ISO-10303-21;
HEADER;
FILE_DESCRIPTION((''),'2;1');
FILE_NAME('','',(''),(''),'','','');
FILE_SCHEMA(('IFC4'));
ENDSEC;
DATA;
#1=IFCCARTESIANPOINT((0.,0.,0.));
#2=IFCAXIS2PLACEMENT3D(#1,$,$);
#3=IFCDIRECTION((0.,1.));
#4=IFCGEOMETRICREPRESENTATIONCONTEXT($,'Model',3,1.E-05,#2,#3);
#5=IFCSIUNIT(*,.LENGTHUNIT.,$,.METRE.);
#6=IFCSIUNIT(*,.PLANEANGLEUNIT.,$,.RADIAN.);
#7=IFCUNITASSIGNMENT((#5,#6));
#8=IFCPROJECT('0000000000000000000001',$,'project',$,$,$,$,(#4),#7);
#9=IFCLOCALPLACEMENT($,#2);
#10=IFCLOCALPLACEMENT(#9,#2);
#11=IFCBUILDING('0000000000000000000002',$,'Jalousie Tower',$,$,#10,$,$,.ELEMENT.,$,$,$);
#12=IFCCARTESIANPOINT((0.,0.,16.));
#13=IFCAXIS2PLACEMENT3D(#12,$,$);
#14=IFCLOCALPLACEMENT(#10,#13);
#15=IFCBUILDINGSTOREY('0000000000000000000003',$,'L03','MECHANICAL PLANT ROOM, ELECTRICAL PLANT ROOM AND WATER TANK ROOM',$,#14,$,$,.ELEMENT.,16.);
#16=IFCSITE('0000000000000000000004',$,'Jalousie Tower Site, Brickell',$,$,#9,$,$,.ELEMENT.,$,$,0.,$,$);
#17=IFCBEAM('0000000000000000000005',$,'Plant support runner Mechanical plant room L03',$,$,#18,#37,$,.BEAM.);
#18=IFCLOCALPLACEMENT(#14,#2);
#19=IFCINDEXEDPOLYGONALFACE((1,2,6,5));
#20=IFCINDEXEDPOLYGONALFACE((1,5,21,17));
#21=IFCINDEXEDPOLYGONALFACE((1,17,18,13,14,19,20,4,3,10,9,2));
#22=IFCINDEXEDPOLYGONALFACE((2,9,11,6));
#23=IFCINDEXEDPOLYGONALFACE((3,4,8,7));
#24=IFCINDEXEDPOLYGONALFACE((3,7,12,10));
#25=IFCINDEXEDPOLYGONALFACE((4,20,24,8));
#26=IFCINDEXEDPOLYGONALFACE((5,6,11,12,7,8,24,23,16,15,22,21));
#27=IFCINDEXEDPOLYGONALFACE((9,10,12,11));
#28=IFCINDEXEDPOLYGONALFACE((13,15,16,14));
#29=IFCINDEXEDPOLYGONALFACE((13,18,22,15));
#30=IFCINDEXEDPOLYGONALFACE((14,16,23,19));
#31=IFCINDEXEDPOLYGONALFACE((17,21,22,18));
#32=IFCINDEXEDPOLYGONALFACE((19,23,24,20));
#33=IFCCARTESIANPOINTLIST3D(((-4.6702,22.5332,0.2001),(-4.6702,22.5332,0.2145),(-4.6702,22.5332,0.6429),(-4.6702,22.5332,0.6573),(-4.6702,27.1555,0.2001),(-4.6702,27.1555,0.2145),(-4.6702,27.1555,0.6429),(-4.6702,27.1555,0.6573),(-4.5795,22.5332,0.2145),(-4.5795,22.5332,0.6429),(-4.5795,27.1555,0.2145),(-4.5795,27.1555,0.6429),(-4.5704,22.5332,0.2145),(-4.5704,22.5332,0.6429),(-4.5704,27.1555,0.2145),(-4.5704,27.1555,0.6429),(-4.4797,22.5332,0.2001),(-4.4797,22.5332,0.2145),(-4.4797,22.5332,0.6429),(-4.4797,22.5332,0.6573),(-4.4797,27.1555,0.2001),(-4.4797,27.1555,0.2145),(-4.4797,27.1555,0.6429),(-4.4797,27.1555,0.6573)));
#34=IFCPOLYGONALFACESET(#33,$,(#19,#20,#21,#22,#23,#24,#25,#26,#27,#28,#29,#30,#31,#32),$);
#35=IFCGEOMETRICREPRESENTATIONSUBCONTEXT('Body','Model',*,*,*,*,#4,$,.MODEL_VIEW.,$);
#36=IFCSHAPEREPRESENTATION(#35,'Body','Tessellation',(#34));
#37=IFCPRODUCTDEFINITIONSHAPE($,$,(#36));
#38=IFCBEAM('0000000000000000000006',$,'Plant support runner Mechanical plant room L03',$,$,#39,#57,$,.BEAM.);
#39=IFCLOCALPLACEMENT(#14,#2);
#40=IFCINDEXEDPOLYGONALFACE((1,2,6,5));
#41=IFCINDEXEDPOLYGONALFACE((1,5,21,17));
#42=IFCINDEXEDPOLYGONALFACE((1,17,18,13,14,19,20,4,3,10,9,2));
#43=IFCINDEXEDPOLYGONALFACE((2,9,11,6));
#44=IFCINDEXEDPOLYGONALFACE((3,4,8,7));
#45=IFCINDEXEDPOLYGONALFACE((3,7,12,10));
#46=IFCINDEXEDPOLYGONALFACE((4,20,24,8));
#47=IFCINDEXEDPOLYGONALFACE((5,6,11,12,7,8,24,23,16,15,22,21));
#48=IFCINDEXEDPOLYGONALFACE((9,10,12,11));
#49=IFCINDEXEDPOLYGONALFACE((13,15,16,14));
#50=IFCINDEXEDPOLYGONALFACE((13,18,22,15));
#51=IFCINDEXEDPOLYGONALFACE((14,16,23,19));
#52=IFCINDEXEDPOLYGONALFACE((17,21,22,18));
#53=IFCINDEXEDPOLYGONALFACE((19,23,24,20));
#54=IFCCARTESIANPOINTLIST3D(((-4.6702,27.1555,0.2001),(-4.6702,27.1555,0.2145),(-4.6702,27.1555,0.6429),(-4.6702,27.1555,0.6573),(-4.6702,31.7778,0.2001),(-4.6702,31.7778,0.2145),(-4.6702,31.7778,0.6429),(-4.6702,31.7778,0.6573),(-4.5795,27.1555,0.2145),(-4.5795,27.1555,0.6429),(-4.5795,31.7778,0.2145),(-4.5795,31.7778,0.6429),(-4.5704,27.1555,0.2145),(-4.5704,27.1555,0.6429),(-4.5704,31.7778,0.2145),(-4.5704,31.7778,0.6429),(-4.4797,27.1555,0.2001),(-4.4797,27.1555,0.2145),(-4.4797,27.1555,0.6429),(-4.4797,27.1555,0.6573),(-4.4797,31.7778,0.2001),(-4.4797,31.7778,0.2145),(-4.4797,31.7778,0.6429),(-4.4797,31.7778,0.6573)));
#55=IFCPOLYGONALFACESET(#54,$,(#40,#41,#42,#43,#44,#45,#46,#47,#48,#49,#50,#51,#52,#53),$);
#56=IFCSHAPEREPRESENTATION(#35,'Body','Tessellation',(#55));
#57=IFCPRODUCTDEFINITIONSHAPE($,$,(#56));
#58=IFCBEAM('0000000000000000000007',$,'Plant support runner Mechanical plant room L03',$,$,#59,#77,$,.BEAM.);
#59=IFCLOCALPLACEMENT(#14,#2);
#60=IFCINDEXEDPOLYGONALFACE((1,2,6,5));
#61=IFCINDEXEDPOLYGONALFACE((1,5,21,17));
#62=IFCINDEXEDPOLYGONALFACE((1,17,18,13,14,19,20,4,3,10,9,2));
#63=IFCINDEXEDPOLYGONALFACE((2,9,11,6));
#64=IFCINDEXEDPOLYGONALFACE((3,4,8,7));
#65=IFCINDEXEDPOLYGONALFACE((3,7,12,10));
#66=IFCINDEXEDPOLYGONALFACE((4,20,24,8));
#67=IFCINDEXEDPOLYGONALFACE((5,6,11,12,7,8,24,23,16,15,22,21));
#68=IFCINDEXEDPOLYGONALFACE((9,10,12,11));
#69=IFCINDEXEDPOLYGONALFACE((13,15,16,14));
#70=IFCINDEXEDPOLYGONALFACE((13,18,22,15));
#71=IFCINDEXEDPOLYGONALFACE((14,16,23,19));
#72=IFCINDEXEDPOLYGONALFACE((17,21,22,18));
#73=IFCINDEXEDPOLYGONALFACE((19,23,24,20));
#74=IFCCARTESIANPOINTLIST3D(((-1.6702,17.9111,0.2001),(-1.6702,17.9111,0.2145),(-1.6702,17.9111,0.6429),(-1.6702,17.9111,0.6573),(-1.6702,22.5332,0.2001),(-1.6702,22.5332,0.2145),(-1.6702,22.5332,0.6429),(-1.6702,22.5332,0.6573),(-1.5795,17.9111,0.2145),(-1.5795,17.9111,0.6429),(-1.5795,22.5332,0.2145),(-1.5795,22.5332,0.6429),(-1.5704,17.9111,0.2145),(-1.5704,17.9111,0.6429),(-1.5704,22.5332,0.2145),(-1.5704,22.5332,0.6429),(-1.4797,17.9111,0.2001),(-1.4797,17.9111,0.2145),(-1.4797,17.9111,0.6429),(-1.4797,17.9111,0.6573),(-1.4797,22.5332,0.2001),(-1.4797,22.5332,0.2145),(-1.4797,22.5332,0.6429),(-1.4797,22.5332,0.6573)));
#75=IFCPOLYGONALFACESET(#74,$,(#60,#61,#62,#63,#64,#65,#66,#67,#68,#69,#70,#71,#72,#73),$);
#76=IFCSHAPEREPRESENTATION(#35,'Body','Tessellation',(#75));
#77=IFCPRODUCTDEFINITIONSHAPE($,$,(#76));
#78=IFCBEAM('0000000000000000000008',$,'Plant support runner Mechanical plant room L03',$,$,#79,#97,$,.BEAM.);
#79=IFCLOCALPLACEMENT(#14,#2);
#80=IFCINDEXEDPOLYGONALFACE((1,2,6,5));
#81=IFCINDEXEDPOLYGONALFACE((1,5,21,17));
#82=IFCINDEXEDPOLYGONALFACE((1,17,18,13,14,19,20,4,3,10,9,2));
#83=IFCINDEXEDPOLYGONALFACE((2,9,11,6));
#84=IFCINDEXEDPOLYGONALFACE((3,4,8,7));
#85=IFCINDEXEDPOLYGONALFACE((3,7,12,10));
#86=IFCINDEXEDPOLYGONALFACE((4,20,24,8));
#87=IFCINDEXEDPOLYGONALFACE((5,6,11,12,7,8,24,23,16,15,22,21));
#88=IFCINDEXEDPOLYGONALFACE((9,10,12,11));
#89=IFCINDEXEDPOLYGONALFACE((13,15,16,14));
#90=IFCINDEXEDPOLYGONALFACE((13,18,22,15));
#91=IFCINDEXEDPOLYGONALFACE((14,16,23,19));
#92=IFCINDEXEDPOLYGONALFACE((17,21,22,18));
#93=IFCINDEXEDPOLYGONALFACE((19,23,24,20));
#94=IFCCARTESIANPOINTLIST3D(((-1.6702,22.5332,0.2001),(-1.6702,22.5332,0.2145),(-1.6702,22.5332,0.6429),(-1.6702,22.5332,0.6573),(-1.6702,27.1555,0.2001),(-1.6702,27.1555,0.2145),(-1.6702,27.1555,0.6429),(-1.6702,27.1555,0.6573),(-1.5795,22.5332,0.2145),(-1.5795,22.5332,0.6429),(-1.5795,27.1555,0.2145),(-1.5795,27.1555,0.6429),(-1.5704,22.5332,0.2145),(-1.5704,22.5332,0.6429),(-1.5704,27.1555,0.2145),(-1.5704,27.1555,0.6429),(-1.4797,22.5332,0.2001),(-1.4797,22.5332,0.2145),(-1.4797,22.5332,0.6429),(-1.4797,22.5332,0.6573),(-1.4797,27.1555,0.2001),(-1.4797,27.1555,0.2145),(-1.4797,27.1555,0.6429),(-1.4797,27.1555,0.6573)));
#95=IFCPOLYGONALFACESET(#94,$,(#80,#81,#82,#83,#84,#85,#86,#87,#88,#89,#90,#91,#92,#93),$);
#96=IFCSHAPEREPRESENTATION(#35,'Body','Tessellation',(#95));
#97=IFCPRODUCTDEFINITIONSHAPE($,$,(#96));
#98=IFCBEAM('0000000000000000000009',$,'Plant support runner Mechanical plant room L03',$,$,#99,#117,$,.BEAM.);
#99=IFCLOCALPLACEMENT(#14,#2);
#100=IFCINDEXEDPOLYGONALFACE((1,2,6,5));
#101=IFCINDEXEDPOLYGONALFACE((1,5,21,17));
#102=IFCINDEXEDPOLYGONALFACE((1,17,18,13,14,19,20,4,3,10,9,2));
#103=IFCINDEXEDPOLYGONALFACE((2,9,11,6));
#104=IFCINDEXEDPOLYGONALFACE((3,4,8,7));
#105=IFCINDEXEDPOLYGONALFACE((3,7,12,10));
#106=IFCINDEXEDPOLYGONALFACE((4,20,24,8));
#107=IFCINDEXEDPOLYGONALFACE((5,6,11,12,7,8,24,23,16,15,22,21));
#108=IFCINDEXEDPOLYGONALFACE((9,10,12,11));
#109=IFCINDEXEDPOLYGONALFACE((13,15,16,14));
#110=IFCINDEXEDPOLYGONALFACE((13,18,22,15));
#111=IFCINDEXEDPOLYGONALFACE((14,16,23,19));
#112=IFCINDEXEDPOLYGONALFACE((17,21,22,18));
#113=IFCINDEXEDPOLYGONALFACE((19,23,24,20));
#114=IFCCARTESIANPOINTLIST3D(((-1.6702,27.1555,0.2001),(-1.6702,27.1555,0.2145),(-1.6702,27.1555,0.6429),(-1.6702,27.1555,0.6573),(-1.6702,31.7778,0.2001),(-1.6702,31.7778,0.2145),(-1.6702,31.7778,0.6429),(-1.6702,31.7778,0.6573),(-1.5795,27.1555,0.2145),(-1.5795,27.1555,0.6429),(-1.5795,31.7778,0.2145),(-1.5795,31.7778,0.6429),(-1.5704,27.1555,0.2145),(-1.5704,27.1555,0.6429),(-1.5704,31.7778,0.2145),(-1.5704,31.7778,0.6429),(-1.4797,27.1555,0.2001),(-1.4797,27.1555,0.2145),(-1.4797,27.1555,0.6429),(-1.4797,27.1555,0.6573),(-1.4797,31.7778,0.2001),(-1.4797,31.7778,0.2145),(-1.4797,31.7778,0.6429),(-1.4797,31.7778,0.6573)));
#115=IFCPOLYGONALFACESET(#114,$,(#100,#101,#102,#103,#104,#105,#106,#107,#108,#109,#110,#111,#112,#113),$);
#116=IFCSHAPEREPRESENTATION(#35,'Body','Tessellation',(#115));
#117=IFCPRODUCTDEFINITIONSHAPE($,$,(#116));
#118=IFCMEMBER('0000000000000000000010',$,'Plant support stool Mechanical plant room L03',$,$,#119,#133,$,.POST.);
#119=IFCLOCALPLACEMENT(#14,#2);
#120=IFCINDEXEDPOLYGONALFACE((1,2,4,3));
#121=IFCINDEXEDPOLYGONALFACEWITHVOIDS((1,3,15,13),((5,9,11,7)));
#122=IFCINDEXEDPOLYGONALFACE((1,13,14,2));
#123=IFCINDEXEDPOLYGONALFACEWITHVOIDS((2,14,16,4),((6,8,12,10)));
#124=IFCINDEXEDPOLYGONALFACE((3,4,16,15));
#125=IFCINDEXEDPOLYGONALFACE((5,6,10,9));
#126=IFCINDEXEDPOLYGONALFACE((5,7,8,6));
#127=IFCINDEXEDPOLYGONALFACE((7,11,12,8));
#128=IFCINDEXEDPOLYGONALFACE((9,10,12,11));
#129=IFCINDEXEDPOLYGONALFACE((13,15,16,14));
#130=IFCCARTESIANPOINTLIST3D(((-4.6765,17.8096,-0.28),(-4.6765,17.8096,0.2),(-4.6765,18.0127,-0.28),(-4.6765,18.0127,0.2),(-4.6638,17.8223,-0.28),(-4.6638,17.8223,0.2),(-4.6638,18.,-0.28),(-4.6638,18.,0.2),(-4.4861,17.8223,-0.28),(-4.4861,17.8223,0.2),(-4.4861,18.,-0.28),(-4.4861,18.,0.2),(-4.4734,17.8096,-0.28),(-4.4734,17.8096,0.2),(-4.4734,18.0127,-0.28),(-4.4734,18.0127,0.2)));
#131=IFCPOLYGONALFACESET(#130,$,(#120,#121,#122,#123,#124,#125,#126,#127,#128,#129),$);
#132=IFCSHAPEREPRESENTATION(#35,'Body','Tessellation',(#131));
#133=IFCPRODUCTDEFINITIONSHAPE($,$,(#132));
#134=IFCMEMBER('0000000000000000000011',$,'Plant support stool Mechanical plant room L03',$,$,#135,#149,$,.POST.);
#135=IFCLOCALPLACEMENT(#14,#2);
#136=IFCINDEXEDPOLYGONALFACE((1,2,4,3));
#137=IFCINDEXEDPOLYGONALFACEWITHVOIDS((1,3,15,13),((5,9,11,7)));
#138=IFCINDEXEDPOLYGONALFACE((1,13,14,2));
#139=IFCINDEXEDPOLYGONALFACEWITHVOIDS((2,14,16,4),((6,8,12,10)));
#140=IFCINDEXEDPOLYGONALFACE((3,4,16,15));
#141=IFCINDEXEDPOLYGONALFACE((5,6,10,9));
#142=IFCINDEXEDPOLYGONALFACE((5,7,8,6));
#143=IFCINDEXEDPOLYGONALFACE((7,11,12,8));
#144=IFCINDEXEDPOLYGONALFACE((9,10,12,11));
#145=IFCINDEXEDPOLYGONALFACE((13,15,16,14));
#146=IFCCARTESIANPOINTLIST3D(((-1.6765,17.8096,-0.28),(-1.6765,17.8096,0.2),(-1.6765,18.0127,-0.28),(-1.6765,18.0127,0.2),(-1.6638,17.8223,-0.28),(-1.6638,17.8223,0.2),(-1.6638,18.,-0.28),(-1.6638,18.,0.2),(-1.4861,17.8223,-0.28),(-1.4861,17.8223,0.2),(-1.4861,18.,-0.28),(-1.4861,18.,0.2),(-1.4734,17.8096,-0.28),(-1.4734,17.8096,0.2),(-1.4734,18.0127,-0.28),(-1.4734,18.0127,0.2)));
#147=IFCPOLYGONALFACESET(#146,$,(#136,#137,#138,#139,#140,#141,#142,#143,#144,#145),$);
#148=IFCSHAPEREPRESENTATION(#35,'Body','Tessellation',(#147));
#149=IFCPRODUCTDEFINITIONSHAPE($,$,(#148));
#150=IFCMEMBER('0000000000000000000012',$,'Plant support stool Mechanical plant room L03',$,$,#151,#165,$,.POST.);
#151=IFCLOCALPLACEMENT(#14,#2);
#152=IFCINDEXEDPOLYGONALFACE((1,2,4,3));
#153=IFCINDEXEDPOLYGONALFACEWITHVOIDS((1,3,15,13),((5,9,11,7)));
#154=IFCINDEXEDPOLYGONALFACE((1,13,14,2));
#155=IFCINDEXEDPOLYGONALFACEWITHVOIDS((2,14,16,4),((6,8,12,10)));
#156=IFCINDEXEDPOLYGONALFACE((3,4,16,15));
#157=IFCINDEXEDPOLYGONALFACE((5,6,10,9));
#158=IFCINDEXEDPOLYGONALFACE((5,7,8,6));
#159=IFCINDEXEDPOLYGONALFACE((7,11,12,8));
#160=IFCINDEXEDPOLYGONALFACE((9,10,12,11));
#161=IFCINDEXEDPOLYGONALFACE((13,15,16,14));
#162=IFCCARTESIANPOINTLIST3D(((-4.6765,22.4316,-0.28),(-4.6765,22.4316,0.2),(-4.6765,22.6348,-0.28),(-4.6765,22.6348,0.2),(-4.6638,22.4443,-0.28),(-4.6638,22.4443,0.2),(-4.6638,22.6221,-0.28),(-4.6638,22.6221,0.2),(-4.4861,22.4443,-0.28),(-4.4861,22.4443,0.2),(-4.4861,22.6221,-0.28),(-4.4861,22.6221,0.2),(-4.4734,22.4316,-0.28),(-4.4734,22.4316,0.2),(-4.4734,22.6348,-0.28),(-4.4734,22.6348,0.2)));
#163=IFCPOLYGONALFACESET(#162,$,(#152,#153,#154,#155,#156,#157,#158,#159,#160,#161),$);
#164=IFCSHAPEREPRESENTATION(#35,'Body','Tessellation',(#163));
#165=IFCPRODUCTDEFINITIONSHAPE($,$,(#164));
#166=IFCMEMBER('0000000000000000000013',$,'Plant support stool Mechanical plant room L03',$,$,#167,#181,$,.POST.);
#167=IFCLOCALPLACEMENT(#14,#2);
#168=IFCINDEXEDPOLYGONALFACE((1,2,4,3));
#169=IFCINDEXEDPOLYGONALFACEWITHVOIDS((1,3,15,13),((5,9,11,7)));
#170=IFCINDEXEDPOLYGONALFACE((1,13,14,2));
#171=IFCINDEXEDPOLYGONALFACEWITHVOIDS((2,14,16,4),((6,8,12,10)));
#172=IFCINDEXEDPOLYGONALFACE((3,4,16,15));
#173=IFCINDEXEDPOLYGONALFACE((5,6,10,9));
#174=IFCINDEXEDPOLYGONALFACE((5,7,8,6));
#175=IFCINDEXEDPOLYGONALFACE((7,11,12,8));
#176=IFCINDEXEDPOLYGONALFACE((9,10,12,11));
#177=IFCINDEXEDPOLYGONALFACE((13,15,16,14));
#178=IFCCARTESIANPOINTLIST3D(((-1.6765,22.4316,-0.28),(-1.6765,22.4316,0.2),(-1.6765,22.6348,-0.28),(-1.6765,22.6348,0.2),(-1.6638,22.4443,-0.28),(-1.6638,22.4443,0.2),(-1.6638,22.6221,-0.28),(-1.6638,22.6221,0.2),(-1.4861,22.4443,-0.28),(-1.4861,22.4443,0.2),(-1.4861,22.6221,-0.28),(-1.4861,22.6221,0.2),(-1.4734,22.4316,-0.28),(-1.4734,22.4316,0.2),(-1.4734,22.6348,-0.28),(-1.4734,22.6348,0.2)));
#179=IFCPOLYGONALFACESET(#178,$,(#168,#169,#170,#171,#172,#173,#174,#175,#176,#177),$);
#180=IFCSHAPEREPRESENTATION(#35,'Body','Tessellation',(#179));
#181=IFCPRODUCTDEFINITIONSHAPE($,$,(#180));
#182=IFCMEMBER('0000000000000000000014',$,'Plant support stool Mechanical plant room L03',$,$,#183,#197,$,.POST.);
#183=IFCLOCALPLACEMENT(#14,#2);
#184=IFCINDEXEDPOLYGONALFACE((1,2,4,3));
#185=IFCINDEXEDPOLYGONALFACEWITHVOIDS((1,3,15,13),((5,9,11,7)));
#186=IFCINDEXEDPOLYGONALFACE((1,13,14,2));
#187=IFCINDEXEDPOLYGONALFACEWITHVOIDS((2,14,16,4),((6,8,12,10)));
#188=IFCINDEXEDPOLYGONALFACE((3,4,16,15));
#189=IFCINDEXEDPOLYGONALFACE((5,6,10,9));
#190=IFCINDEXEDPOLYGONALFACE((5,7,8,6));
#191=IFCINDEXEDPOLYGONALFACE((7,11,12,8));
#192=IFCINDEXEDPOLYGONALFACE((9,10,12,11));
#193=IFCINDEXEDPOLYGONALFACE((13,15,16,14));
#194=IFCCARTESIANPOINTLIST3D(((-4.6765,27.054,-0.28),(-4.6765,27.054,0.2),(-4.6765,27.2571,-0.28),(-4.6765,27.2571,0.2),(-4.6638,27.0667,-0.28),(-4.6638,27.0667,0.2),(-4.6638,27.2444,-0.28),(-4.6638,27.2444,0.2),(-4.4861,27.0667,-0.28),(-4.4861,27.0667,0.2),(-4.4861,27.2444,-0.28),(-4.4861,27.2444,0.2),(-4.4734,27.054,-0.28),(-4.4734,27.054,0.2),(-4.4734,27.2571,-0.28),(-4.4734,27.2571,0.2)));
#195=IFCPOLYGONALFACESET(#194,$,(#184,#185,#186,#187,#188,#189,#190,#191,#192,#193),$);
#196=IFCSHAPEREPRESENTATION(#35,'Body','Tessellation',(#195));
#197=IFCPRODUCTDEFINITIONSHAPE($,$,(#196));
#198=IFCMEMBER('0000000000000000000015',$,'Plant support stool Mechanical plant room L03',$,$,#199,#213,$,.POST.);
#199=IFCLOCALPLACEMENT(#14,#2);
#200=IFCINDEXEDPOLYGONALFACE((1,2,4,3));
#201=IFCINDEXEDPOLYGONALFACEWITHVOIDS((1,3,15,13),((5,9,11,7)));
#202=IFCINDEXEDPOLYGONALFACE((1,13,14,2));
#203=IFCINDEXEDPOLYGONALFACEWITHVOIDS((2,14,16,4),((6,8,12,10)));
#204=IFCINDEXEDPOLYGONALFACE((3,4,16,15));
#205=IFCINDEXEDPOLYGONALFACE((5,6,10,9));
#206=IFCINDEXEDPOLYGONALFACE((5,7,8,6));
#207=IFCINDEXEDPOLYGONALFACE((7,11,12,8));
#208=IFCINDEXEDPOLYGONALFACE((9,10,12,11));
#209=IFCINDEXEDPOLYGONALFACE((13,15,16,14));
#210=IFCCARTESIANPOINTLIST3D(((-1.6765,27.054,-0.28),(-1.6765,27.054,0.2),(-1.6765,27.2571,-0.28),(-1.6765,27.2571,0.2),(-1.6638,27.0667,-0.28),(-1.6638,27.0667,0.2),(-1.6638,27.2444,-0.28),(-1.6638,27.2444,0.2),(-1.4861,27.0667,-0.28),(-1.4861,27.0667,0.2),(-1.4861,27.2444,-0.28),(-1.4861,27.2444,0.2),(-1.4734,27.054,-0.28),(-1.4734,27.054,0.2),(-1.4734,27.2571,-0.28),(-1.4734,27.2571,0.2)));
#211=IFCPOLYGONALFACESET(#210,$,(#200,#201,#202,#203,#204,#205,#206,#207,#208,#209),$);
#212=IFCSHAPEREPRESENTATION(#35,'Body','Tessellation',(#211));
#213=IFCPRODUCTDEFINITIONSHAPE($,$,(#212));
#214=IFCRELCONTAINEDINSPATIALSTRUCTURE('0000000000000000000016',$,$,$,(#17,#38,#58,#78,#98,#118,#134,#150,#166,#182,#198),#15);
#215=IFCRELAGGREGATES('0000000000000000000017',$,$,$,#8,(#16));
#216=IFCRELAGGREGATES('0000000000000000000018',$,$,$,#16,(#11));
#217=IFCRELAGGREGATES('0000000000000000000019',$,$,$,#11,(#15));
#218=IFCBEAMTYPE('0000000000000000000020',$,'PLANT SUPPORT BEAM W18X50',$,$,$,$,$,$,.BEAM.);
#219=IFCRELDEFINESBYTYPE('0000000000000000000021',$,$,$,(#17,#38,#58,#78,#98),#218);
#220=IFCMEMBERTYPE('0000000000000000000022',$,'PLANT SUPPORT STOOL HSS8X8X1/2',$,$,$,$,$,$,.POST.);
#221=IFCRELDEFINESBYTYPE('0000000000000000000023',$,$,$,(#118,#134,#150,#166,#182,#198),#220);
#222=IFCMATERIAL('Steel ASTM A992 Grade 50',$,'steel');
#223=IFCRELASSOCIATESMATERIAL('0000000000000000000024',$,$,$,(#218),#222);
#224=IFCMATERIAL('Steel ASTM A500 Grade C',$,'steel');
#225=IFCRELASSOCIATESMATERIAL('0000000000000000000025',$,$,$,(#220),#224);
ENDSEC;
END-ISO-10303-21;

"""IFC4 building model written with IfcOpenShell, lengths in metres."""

from ifc_helpers import new_model, si_unit, direction, frame, origin, origin_2d, place, context, subcontext, project, spatial, hollow_rectangle, i_section, extrude, material, material_profile, profile_set, type_object, element, save


model = new_model("IFC4")

# Units and contexts
model_context = context("Model", 3, precision=1e-05, world=origin(), true_north=direction((0.0, 1.0)))
body_context = subcontext(model_context, "Body", "Model", "MODEL_VIEW")
ifc_project = project(units=[si_unit("LENGTHUNIT", "METRE"), si_unit("PLANEANGLEUNIT", "RADIAN")], contexts=[model_context])

# Site, building, storey
site_placement = place(None, origin())
site = spatial("IfcSite", under=ifc_project, at=site_placement, Name="Jalousie Tower Site, Brickell", CompositionType="ELEMENT", RefElevation=0.0)
building_placement = place(site_placement, origin())
building = spatial("IfcBuilding", under=site, at=building_placement, Name="Jalousie Tower", CompositionType="ELEMENT")
storey_placement = place(building_placement, frame((0.0, 0.0, 16.0)))
storey = spatial("IfcBuildingStorey", under=building, at=storey_placement, Name="L03", Description="MECHANICAL PLANT ROOM, ELECTRICAL PLANT ROOM AND WATER TANK ROOM", CompositionType="ELEMENT", Elevation=16.0)

# Beams
ifc_material_1 = material(Name="Steel ASTM A992 Grade 50", Category="steel")
ifc_material_profile_1 = material_profile(ifc_material_1, i_section(OverallWidth=0.1904, OverallDepth=0.4573, WebThickness=0.009, FlangeThickness=0.0144, at=origin_2d()), Name="W18X50")
ifc_profile_set_1 = profile_set([ifc_material_profile_1], Name="Steel ASTM A992 Grade 50")
beam_type_1 = type_object("IfcBeamType", Name="PLANT SUPPORT BEAM W18X50", PredefinedType="BEAM", material=ifc_profile_set_1)
for number, where, z_axis, x_axis, name in (
    (1, (-4.575, 22.5332, 0.4287), (0.0, 1.0, 0.0), (-1.0, 0.0, 0.0), "Plant support runner Mechanical plant room L03"),
    (2, (-4.575, 27.1555, 0.4287), (0.0, 1.0, 0.0), (-1.0, 0.0, 0.0), "Plant support runner Mechanical plant room L03"),
):
    element("IfcBeam", number, at=place(storey_placement, frame(where, z_axis=z_axis, x_axis=x_axis)), inside=storey, type_object=beam_type_1, Name=name, PredefinedType="BEAM", context=body_context, shape_type="SweptSolid", body=[
        extrude(i_section(OverallWidth=0.1904, OverallDepth=0.4573, WebThickness=0.009, FlangeThickness=0.0144, at=origin_2d()), origin(), (0.0, 0.0, 1.0), 4.6223),
    ])
beam_1_placement = place(storey_placement, frame((-1.575, 17.9111, 0.4287), z_axis=(0.0, 1.0, 0.0), x_axis=(-1.0, 0.0, 0.0)))
element("IfcBeam", 3, at=beam_1_placement, inside=storey, type_object=beam_type_1, Name="Plant support runner Mechanical plant room L03", PredefinedType="BEAM", context=body_context, shape_type="SweptSolid", body=[
    extrude(i_section(OverallWidth=0.1904, OverallDepth=0.4573, WebThickness=0.009, FlangeThickness=0.0144, at=origin_2d()), origin(), (0.0, 0.0, 1.0), 4.6221),
])
for number, where, z_axis, x_axis, name in (
    (4, (-1.575, 22.5332, 0.4287), (0.0, 1.0, 0.0), (-1.0, 0.0, 0.0), "Plant support runner Mechanical plant room L03"),
    (5, (-1.575, 27.1555, 0.4287), (0.0, 1.0, 0.0), (-1.0, 0.0, 0.0), "Plant support runner Mechanical plant room L03"),
):
    element("IfcBeam", number, at=place(storey_placement, frame(where, z_axis=z_axis, x_axis=x_axis)), inside=storey, type_object=beam_type_1, Name=name, PredefinedType="BEAM", context=body_context, shape_type="SweptSolid", body=[
        extrude(i_section(OverallWidth=0.1904, OverallDepth=0.4573, WebThickness=0.009, FlangeThickness=0.0144, at=origin_2d()), origin(), (0.0, 0.0, 1.0), 4.6223),
    ])

# Members
ifc_material_2 = material(Name="Steel ASTM A500 Grade C", Category="steel")
ifc_material_profile_2 = material_profile(ifc_material_2, hollow_rectangle(XDim=0.2031, YDim=0.2031, WallThickness=0.0127, at=origin_2d()), Name="HSS8X8X1/2")
ifc_profile_set_2 = profile_set([ifc_material_profile_2], Name="Steel ASTM A500 Grade C")
member_type = type_object("IfcMemberType", Name="PLANT SUPPORT STOOL HSS8X8X1/2", PredefinedType="POST", material=ifc_profile_set_2)
for number, where, z_axis, x_axis, name in (
    (6, (-4.575, 17.9111, -0.28), (0.0, 0.0, 1.0), (1.0, 0.0, 0.0), "Plant support stool Mechanical plant room L03"),
    (7, (-1.575, 17.9111, -0.28), (0.0, 0.0, 1.0), (1.0, 0.0, 0.0), "Plant support stool Mechanical plant room L03"),
    (8, (-4.575, 22.5332, -0.28), (0.0, 0.0, 1.0), (1.0, 0.0, 0.0), "Plant support stool Mechanical plant room L03"),
    (9, (-1.575, 22.5332, -0.28), (0.0, 0.0, 1.0), (1.0, 0.0, 0.0), "Plant support stool Mechanical plant room L03"),
    (10, (-4.575, 27.1555, -0.28), (0.0, 0.0, 1.0), (1.0, 0.0, 0.0), "Plant support stool Mechanical plant room L03"),
    (11, (-1.575, 27.1555, -0.28), (0.0, 0.0, 1.0), (1.0, 0.0, 0.0), "Plant support stool Mechanical plant room L03"),
):
    element("IfcMember", number, at=place(storey_placement, frame(where, z_axis=z_axis, x_axis=x_axis)), inside=storey, type_object=member_type, Name=name, PredefinedType="POST", context=body_context, shape_type="SweptSolid", body=[
        extrude(hollow_rectangle(XDim=0.2031, YDim=0.2031, WallThickness=0.0127, at=origin_2d()), origin(), (0.0, 0.0, 1.0), 0.48),
    ])

save(model, "model.ifc")
